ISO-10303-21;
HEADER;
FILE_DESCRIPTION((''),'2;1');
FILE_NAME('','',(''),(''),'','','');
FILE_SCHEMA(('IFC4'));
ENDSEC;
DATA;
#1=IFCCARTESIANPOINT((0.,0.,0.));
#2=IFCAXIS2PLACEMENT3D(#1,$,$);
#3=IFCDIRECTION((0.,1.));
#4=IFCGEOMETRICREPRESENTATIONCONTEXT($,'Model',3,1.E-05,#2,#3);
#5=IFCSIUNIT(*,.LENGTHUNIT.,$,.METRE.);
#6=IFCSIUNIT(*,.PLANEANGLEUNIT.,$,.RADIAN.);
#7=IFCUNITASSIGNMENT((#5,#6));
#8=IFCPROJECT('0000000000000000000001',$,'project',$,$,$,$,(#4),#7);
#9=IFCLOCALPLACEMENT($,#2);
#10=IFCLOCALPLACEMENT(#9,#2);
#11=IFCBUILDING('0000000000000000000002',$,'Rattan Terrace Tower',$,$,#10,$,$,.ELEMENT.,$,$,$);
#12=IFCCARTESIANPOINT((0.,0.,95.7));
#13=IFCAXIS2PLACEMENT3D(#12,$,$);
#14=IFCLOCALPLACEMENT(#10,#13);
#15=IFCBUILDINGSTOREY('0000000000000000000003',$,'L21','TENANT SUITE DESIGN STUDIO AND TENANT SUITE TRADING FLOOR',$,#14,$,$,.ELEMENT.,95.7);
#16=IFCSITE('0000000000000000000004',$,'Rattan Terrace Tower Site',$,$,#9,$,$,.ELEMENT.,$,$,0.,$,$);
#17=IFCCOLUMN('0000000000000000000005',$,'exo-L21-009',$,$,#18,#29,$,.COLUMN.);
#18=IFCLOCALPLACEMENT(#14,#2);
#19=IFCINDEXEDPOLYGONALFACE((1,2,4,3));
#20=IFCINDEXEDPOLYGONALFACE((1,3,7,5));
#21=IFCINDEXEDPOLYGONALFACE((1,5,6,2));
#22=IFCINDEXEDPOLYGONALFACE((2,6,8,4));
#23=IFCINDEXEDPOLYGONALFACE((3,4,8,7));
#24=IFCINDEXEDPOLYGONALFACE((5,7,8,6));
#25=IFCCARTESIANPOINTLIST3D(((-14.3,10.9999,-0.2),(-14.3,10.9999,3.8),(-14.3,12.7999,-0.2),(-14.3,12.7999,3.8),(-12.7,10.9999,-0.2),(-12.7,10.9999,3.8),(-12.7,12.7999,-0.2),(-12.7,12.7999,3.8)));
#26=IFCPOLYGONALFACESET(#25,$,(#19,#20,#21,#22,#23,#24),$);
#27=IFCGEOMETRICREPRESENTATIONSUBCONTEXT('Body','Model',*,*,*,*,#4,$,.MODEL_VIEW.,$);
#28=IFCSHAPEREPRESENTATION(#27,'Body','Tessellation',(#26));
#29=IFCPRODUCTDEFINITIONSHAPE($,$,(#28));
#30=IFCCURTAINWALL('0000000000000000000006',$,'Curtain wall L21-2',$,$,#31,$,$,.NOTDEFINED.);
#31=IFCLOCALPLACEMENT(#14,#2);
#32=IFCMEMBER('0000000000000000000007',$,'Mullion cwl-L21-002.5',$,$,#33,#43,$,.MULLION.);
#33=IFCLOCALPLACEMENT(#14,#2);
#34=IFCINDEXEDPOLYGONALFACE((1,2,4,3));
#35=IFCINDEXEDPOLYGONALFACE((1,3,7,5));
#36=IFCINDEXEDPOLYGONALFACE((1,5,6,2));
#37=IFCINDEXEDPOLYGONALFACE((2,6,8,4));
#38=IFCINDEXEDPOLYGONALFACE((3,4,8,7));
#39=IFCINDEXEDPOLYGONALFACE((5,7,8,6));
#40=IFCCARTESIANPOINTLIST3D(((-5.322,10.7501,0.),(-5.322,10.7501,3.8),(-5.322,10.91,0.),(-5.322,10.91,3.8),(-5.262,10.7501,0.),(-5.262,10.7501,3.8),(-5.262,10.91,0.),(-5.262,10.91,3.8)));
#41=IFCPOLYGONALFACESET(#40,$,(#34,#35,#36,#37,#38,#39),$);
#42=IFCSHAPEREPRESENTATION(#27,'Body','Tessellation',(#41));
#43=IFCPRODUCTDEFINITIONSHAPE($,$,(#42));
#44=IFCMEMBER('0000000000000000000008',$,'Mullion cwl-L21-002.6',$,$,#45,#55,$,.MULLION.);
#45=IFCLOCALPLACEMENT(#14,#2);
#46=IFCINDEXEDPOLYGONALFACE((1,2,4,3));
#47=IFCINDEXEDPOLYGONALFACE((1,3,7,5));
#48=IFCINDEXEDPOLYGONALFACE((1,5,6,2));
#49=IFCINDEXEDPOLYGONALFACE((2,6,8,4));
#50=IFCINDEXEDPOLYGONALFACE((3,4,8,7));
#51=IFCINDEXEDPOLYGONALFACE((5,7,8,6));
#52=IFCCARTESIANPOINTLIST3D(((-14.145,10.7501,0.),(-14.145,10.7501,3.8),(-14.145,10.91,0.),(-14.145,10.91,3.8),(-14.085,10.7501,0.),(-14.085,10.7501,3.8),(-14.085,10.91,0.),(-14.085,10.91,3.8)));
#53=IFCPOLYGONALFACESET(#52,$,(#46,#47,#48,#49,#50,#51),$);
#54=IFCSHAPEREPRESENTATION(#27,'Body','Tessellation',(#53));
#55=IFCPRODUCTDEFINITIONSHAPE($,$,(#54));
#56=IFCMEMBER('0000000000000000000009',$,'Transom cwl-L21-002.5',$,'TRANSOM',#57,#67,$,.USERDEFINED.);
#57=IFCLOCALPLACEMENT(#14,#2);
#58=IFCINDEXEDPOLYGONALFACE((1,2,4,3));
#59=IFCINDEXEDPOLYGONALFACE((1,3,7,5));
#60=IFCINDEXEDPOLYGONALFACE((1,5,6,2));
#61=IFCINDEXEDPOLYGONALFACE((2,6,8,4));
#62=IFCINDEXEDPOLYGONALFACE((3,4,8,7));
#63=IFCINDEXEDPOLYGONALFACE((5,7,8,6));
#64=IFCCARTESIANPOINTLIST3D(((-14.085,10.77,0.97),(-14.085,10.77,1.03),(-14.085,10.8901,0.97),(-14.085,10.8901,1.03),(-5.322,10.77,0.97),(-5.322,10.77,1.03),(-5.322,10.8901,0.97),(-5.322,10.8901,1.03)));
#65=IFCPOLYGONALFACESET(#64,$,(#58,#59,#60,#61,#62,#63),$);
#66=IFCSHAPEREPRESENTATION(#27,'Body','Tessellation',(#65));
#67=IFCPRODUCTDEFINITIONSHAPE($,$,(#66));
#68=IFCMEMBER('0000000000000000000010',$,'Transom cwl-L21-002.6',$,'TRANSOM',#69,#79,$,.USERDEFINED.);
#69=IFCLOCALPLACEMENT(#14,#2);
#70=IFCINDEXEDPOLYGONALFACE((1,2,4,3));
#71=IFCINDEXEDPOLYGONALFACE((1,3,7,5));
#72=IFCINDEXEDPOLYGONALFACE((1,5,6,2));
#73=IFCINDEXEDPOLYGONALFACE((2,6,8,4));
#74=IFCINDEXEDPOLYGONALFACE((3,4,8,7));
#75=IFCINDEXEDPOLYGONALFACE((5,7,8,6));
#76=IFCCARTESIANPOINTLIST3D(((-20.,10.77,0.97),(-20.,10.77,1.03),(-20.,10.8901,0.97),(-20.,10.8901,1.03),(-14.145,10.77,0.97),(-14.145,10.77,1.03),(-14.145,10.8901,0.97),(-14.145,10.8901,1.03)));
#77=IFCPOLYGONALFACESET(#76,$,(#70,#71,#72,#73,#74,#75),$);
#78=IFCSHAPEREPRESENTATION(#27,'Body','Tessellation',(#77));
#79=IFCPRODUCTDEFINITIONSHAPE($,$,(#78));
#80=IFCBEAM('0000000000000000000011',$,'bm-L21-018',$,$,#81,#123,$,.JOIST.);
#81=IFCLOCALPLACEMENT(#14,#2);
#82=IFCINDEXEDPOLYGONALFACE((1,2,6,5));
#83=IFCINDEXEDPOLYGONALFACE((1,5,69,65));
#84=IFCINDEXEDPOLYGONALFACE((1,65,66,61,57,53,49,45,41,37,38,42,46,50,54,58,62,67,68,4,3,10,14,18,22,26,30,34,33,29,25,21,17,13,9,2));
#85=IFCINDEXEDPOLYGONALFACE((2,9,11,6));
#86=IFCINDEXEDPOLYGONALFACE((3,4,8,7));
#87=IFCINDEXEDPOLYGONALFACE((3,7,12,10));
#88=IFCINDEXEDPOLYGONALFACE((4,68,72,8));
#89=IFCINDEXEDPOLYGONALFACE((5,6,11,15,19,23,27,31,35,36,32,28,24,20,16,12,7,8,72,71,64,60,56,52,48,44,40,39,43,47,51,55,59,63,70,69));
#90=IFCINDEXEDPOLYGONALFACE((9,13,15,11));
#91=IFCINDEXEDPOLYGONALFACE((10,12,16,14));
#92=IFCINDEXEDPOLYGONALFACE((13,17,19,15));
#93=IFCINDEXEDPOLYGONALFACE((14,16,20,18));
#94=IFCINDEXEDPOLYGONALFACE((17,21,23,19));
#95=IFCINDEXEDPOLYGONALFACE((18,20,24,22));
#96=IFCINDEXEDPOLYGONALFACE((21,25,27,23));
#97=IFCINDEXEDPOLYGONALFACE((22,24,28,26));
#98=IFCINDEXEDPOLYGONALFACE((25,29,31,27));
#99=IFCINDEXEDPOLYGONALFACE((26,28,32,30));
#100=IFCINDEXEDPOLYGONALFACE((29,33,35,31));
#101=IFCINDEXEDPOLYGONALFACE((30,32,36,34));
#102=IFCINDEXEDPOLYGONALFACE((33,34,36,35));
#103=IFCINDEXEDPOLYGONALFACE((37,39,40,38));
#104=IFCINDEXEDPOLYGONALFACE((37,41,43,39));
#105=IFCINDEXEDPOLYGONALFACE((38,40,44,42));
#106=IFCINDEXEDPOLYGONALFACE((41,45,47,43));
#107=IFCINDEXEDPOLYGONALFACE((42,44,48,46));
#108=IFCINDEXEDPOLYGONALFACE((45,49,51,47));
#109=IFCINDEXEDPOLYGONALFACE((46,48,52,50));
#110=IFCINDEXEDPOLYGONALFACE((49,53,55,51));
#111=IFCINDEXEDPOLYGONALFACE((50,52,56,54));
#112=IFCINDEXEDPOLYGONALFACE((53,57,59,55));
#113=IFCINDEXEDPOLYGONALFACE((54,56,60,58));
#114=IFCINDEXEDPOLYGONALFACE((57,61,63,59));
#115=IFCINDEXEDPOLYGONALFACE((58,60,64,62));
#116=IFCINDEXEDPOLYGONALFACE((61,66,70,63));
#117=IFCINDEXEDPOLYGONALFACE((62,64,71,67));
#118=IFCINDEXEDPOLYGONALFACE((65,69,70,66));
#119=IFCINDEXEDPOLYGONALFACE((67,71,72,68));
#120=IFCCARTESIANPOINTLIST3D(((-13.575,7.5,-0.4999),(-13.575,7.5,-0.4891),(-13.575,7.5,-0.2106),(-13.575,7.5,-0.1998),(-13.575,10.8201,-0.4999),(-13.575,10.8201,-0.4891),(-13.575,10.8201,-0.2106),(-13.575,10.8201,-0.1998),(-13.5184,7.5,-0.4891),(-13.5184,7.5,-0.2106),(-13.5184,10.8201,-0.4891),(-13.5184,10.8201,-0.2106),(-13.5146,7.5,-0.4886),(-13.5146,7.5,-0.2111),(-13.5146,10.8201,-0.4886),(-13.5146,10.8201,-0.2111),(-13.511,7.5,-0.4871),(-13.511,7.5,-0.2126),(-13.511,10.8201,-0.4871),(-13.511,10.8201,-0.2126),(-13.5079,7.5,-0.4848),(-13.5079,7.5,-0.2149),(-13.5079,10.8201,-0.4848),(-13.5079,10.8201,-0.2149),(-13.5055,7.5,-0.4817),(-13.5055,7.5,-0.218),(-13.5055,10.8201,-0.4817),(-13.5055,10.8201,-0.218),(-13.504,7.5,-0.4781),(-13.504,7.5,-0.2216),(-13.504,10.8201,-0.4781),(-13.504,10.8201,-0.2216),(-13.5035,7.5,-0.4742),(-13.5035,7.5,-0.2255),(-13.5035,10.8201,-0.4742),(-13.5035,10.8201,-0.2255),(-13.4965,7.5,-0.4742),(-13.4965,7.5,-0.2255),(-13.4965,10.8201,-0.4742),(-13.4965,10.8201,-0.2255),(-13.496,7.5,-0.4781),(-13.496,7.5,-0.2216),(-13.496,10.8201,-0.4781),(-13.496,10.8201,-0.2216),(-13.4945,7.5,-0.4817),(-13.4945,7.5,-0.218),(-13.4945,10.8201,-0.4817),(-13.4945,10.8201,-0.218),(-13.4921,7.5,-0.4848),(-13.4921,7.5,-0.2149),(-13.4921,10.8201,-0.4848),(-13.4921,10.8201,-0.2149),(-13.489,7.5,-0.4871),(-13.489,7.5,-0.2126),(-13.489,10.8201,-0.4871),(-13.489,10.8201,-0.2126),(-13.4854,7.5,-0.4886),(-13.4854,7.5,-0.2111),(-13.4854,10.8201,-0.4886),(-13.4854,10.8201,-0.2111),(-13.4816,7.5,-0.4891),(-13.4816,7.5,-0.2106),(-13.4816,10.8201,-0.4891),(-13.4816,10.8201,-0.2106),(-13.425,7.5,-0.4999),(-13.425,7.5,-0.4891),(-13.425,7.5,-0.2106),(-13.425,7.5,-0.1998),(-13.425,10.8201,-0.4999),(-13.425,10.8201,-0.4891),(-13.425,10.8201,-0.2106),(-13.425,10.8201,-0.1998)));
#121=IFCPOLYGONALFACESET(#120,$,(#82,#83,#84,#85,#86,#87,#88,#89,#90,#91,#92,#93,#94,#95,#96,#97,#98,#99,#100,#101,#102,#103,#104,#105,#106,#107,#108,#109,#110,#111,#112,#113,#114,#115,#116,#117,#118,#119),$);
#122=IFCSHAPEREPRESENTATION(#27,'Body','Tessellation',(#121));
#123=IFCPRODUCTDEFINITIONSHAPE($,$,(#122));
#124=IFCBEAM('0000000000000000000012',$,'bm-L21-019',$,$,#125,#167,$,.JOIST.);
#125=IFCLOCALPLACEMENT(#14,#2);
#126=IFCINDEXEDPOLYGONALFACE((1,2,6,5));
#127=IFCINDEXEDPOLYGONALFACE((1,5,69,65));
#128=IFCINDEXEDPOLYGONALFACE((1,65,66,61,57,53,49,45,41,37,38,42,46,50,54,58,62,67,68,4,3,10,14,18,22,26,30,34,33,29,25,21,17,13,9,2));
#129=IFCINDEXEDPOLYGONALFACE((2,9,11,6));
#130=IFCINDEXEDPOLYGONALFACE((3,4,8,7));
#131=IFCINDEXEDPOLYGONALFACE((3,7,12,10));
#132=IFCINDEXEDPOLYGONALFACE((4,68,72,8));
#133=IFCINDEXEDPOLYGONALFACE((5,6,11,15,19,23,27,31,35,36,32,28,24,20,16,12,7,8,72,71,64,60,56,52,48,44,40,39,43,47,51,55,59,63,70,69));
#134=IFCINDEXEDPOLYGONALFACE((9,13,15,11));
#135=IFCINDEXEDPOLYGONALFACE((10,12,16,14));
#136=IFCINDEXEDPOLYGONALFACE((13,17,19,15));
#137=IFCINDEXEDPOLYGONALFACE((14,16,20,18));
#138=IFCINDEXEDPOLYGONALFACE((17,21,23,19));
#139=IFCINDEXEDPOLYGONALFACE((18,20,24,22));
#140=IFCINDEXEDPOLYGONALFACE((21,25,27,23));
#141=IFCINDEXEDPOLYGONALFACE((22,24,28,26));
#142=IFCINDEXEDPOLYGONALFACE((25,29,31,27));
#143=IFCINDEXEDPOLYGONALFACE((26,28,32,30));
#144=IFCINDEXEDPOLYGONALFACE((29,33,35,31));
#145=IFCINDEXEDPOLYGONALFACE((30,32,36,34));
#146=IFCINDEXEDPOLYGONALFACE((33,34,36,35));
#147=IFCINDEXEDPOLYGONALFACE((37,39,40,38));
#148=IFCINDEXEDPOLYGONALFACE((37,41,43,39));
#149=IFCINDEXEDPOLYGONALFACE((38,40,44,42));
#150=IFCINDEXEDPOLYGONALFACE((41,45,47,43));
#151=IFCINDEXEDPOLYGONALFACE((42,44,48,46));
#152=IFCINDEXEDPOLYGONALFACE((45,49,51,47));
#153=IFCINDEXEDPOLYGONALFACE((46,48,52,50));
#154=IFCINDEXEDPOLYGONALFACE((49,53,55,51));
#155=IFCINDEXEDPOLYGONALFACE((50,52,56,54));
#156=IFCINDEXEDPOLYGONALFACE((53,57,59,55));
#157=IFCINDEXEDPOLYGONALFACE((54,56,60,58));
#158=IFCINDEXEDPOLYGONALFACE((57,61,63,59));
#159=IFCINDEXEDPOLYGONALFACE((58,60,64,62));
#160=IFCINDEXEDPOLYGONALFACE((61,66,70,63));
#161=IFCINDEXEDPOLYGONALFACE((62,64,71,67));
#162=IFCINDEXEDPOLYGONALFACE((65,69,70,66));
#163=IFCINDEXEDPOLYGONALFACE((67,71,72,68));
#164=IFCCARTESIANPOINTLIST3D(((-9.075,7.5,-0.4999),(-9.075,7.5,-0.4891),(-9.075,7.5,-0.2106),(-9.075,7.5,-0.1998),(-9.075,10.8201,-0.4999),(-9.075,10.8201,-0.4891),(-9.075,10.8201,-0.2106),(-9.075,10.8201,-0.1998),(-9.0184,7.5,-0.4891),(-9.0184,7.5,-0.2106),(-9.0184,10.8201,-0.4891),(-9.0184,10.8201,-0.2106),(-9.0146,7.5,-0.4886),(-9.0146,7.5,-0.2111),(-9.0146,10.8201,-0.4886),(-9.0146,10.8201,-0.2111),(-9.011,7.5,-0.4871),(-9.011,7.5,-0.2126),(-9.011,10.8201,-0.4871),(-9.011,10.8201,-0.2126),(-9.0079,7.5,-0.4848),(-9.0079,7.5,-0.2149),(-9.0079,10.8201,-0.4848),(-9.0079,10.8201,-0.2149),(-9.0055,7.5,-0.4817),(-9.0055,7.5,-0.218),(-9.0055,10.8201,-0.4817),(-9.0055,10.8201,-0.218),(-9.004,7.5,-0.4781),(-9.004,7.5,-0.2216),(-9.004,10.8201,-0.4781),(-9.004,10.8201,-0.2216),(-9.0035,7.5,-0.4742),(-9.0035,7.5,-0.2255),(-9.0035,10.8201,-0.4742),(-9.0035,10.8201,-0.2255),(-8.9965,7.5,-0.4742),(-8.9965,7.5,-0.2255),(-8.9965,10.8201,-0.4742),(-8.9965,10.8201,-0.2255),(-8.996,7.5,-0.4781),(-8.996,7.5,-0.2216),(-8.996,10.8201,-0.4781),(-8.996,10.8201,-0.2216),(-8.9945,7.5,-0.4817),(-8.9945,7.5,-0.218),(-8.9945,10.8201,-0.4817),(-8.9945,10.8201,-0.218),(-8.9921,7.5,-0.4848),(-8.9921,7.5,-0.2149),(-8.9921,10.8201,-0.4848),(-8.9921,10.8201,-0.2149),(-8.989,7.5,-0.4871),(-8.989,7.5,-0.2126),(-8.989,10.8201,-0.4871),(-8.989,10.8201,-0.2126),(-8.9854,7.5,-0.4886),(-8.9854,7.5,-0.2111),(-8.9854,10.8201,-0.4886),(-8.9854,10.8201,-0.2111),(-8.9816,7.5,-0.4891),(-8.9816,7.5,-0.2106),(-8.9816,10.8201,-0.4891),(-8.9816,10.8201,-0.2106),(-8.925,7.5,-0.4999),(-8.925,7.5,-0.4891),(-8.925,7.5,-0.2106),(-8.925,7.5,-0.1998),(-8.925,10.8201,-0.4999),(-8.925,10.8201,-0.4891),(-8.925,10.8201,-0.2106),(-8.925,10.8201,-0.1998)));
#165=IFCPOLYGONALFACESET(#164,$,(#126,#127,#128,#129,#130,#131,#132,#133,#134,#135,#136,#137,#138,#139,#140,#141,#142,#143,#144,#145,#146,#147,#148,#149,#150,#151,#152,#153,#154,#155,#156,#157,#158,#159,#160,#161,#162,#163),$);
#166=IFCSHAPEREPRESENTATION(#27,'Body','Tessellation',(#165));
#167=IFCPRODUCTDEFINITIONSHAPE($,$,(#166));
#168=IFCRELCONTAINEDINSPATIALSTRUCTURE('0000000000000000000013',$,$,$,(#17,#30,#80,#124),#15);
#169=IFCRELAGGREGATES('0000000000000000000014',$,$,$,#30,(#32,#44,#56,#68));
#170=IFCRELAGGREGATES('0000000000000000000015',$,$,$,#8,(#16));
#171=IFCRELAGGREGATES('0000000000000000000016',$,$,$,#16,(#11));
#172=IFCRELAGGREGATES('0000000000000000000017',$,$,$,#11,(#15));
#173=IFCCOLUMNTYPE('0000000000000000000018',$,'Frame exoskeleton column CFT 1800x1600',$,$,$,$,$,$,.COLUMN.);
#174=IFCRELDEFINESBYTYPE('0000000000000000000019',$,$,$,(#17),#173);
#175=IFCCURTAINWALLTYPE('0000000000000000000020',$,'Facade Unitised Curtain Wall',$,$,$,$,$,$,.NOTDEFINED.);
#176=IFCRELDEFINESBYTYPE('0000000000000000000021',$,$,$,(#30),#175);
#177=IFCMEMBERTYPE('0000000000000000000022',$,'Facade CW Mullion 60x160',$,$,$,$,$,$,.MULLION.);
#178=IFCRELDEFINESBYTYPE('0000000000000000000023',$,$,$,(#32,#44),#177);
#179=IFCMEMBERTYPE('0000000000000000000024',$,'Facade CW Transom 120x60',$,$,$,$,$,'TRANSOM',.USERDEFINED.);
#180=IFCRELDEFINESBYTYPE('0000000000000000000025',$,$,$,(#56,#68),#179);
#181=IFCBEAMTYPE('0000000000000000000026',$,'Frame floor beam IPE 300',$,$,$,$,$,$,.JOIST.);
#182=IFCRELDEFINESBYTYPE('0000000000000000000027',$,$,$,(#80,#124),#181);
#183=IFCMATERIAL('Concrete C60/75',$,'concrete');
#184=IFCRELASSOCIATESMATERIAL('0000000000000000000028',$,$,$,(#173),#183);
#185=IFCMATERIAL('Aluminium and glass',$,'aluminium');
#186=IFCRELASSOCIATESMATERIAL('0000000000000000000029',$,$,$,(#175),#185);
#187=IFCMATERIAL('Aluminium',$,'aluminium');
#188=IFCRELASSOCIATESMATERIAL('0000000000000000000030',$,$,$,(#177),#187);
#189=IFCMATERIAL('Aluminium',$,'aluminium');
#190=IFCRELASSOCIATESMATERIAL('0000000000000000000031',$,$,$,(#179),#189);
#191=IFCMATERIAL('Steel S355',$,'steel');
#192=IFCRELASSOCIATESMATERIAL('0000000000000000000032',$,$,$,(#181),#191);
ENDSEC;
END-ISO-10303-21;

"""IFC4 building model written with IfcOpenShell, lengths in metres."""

from ifc_helpers import new_model, si_unit, direction, frame, origin, origin_2d, place, context, subcontext, project, spatial, rectangle, i_section, extrude, material, material_profile, profile_set, type_object, element, aggregate, save


model = new_model("IFC4")

# Units and contexts
model_context = context("Model", 3, precision=1e-05, world=origin(), true_north=direction((0.0, 1.0)))
body_context = subcontext(model_context, "Body", "Model", "MODEL_VIEW")
ifc_project = project(units=[si_unit("LENGTHUNIT", "METRE"), si_unit("PLANEANGLEUNIT", "RADIAN")], contexts=[model_context])

# Site, building, storey
site_placement = place(None, origin())
site = spatial("IfcSite", under=ifc_project, at=site_placement, Name="Rattan Terrace Tower Site", CompositionType="ELEMENT", RefElevation=0.0)
building_placement = place(site_placement, origin())
building = spatial("IfcBuilding", under=site, at=building_placement, Name="Rattan Terrace Tower", CompositionType="ELEMENT")
storey_placement = place(building_placement, frame((0.0, 0.0, 95.7)))
storey = spatial("IfcBuildingStorey", under=building, at=storey_placement, Name="L21", Description="TENANT SUITE DESIGN STUDIO AND TENANT SUITE TRADING FLOOR", CompositionType="ELEMENT", Elevation=95.7)

# Column
ifc_material_1 = material(Name="Concrete C60/75", Category="concrete")
ifc_material_profile_1 = material_profile(ifc_material_1, rectangle(XDim=1.6001, YDim=1.8, at=origin_2d()), Name="CFT 1800x1600")
ifc_profile_set_1 = profile_set([ifc_material_profile_1], Name="Concrete C60/75")
column_type = type_object("IfcColumnType", Name="Frame exoskeleton column CFT 1800x1600", PredefinedType="COLUMN", material=ifc_profile_set_1)
column_placement = place(storey_placement, frame((-13.5, 11.8999, -0.2), z_axis=(0.0, 0.0, 1.0), x_axis=(1.0, 0.0, 0.0)))
element("IfcColumn", 1, at=column_placement, inside=storey, type_object=column_type, Name="exo-L21-009", PredefinedType="COLUMN", context=body_context, shape_type="SweptSolid", body=[
    extrude(rectangle(XDim=1.6001, YDim=1.8, at=origin_2d()), origin(), (0.0, 0.0, 1.0), 4.0),
])

# Curtain wall, members
ifc_material_2 = material(Name="Aluminium and glass", Category="aluminium")
curtain_wall_type = type_object("IfcCurtainWallType", Name="Facade Unitised Curtain Wall", PredefinedType="NOTDEFINED", material=ifc_material_2)
curtain_wall_placement = place(storey_placement, origin())
curtain_wall = element("IfcCurtainWall", 2, at=curtain_wall_placement, inside=storey, type_object=curtain_wall_type, Name="Curtain wall L21-2", PredefinedType="NOTDEFINED")
ifc_material_3 = material(Name="Aluminium", Category="aluminium")
ifc_material_profile_2 = material_profile(ifc_material_3, rectangle(XDim=0.0601, YDim=0.1599, at=origin_2d()), Name="Aluminium 60x160")
ifc_profile_set_2 = profile_set([ifc_material_profile_2], Name="Aluminium")
member_type_1 = type_object("IfcMemberType", Name="Facade CW Mullion 60x160", PredefinedType="MULLION", material=ifc_profile_set_2)
member_1_placement = place(storey_placement, frame((-5.292, 10.8301, 0.0), z_axis=(0.0, 0.0, 1.0), x_axis=(-1.0, 0.0, 0.0)))
member_1 = element("IfcMember", 3, at=member_1_placement, type_object=member_type_1, Name="Mullion cwl-L21-002.5", PredefinedType="MULLION", context=body_context, shape_type="SweptSolid", body=[
    extrude(rectangle(XDim=0.0601, YDim=0.1599, at=origin_2d()), origin(), (0.0, 0.0, 1.0), 3.8),
])
member_2_placement = place(storey_placement, frame((-14.115, 10.8301, 0.0), z_axis=(0.0, 0.0, 1.0), x_axis=(-1.0, 0.0, 0.0)))
member_2 = element("IfcMember", 4, at=member_2_placement, type_object=member_type_1, Name="Mullion cwl-L21-002.6", PredefinedType="MULLION", context=body_context, shape_type="SweptSolid", body=[
    extrude(rectangle(XDim=0.0601, YDim=0.1599, at=origin_2d()), origin(), (0.0, 0.0, 1.0), 3.8),
])
ifc_material_4 = material(Name="Aluminium", Category="aluminium")
ifc_material_profile_3 = material_profile(ifc_material_4, rectangle(XDim=0.1201, YDim=0.0601, at=origin_2d()), Name="Aluminium 120x60")
ifc_profile_set_3 = profile_set([ifc_material_profile_3], Name="Aluminium")
member_type_2 = type_object("IfcMemberType", Name="Facade CW Transom 120x60", ElementType="TRANSOM", PredefinedType="USERDEFINED", material=ifc_profile_set_3)
member_3_placement = place(storey_placement, frame((-5.322, 10.8301, 1.0), z_axis=(-1.0, 0.0, 0.0), x_axis=(0.0, -1.0, 0.0)))
member_3 = element("IfcMember", 5, at=member_3_placement, type_object=member_type_2, Name="Transom cwl-L21-002.5", ObjectType="TRANSOM", PredefinedType="USERDEFINED", context=body_context, shape_type="SweptSolid", body=[
    extrude(rectangle(XDim=0.1201, YDim=0.0601, at=origin_2d()), origin(), (0.0, 0.0, 1.0), 8.7629),
])
member_4_placement = place(storey_placement, frame((-14.145, 10.8301, 1.0), z_axis=(-1.0, 0.0, 0.0), x_axis=(0.0, -1.0, 0.0)))
member_4 = element("IfcMember", 6, at=member_4_placement, type_object=member_type_2, Name="Transom cwl-L21-002.6", ObjectType="TRANSOM", PredefinedType="USERDEFINED", context=body_context, shape_type="SweptSolid", body=[
    extrude(rectangle(XDim=0.1201, YDim=0.0601, at=origin_2d()), origin(), (0.0, 0.0, 1.0), 5.855),
])

# Beams
ifc_material_5 = material(Name="Steel S355", Category="steel")
ifc_material_profile_4 = material_profile(ifc_material_5, i_section(OverallWidth=0.1499, OverallDepth=0.3, WebThickness=0.0071, FlangeThickness=0.0107, FilletRadius=0.0149, at=origin_2d()), Name="IPE 300")
ifc_profile_set_4 = profile_set([ifc_material_profile_4], Name="Steel S355")
beam_type = type_object("IfcBeamType", Name="Frame floor beam IPE 300", PredefinedType="JOIST", material=ifc_profile_set_4)
for number, where, z_axis, x_axis, name in (
    (7, (-13.5, 7.5, -0.3499), (0.0, 1.0, 0.0), (-1.0, 0.0, 0.0), "bm-L21-018"),
    (8, (-9.0, 7.5, -0.3499), (0.0, 1.0, 0.0), (-1.0, 0.0, 0.0), "bm-L21-019"),
):
    element("IfcBeam", number, at=place(storey_placement, frame(where, z_axis=z_axis, x_axis=x_axis)), inside=storey, type_object=beam_type, Name=name, PredefinedType="JOIST", context=body_context, shape_type="SweptSolid", body=[
        extrude(i_section(OverallWidth=0.1499, OverallDepth=0.3, WebThickness=0.0071, FlangeThickness=0.0107, FilletRadius=0.0149, at=origin_2d()), origin(), (0.0, 0.0, 1.0), 3.3201),
    ])

aggregate(curtain_wall, [member_1, member_2, member_3, member_4])

save(model, "model.ifc")
